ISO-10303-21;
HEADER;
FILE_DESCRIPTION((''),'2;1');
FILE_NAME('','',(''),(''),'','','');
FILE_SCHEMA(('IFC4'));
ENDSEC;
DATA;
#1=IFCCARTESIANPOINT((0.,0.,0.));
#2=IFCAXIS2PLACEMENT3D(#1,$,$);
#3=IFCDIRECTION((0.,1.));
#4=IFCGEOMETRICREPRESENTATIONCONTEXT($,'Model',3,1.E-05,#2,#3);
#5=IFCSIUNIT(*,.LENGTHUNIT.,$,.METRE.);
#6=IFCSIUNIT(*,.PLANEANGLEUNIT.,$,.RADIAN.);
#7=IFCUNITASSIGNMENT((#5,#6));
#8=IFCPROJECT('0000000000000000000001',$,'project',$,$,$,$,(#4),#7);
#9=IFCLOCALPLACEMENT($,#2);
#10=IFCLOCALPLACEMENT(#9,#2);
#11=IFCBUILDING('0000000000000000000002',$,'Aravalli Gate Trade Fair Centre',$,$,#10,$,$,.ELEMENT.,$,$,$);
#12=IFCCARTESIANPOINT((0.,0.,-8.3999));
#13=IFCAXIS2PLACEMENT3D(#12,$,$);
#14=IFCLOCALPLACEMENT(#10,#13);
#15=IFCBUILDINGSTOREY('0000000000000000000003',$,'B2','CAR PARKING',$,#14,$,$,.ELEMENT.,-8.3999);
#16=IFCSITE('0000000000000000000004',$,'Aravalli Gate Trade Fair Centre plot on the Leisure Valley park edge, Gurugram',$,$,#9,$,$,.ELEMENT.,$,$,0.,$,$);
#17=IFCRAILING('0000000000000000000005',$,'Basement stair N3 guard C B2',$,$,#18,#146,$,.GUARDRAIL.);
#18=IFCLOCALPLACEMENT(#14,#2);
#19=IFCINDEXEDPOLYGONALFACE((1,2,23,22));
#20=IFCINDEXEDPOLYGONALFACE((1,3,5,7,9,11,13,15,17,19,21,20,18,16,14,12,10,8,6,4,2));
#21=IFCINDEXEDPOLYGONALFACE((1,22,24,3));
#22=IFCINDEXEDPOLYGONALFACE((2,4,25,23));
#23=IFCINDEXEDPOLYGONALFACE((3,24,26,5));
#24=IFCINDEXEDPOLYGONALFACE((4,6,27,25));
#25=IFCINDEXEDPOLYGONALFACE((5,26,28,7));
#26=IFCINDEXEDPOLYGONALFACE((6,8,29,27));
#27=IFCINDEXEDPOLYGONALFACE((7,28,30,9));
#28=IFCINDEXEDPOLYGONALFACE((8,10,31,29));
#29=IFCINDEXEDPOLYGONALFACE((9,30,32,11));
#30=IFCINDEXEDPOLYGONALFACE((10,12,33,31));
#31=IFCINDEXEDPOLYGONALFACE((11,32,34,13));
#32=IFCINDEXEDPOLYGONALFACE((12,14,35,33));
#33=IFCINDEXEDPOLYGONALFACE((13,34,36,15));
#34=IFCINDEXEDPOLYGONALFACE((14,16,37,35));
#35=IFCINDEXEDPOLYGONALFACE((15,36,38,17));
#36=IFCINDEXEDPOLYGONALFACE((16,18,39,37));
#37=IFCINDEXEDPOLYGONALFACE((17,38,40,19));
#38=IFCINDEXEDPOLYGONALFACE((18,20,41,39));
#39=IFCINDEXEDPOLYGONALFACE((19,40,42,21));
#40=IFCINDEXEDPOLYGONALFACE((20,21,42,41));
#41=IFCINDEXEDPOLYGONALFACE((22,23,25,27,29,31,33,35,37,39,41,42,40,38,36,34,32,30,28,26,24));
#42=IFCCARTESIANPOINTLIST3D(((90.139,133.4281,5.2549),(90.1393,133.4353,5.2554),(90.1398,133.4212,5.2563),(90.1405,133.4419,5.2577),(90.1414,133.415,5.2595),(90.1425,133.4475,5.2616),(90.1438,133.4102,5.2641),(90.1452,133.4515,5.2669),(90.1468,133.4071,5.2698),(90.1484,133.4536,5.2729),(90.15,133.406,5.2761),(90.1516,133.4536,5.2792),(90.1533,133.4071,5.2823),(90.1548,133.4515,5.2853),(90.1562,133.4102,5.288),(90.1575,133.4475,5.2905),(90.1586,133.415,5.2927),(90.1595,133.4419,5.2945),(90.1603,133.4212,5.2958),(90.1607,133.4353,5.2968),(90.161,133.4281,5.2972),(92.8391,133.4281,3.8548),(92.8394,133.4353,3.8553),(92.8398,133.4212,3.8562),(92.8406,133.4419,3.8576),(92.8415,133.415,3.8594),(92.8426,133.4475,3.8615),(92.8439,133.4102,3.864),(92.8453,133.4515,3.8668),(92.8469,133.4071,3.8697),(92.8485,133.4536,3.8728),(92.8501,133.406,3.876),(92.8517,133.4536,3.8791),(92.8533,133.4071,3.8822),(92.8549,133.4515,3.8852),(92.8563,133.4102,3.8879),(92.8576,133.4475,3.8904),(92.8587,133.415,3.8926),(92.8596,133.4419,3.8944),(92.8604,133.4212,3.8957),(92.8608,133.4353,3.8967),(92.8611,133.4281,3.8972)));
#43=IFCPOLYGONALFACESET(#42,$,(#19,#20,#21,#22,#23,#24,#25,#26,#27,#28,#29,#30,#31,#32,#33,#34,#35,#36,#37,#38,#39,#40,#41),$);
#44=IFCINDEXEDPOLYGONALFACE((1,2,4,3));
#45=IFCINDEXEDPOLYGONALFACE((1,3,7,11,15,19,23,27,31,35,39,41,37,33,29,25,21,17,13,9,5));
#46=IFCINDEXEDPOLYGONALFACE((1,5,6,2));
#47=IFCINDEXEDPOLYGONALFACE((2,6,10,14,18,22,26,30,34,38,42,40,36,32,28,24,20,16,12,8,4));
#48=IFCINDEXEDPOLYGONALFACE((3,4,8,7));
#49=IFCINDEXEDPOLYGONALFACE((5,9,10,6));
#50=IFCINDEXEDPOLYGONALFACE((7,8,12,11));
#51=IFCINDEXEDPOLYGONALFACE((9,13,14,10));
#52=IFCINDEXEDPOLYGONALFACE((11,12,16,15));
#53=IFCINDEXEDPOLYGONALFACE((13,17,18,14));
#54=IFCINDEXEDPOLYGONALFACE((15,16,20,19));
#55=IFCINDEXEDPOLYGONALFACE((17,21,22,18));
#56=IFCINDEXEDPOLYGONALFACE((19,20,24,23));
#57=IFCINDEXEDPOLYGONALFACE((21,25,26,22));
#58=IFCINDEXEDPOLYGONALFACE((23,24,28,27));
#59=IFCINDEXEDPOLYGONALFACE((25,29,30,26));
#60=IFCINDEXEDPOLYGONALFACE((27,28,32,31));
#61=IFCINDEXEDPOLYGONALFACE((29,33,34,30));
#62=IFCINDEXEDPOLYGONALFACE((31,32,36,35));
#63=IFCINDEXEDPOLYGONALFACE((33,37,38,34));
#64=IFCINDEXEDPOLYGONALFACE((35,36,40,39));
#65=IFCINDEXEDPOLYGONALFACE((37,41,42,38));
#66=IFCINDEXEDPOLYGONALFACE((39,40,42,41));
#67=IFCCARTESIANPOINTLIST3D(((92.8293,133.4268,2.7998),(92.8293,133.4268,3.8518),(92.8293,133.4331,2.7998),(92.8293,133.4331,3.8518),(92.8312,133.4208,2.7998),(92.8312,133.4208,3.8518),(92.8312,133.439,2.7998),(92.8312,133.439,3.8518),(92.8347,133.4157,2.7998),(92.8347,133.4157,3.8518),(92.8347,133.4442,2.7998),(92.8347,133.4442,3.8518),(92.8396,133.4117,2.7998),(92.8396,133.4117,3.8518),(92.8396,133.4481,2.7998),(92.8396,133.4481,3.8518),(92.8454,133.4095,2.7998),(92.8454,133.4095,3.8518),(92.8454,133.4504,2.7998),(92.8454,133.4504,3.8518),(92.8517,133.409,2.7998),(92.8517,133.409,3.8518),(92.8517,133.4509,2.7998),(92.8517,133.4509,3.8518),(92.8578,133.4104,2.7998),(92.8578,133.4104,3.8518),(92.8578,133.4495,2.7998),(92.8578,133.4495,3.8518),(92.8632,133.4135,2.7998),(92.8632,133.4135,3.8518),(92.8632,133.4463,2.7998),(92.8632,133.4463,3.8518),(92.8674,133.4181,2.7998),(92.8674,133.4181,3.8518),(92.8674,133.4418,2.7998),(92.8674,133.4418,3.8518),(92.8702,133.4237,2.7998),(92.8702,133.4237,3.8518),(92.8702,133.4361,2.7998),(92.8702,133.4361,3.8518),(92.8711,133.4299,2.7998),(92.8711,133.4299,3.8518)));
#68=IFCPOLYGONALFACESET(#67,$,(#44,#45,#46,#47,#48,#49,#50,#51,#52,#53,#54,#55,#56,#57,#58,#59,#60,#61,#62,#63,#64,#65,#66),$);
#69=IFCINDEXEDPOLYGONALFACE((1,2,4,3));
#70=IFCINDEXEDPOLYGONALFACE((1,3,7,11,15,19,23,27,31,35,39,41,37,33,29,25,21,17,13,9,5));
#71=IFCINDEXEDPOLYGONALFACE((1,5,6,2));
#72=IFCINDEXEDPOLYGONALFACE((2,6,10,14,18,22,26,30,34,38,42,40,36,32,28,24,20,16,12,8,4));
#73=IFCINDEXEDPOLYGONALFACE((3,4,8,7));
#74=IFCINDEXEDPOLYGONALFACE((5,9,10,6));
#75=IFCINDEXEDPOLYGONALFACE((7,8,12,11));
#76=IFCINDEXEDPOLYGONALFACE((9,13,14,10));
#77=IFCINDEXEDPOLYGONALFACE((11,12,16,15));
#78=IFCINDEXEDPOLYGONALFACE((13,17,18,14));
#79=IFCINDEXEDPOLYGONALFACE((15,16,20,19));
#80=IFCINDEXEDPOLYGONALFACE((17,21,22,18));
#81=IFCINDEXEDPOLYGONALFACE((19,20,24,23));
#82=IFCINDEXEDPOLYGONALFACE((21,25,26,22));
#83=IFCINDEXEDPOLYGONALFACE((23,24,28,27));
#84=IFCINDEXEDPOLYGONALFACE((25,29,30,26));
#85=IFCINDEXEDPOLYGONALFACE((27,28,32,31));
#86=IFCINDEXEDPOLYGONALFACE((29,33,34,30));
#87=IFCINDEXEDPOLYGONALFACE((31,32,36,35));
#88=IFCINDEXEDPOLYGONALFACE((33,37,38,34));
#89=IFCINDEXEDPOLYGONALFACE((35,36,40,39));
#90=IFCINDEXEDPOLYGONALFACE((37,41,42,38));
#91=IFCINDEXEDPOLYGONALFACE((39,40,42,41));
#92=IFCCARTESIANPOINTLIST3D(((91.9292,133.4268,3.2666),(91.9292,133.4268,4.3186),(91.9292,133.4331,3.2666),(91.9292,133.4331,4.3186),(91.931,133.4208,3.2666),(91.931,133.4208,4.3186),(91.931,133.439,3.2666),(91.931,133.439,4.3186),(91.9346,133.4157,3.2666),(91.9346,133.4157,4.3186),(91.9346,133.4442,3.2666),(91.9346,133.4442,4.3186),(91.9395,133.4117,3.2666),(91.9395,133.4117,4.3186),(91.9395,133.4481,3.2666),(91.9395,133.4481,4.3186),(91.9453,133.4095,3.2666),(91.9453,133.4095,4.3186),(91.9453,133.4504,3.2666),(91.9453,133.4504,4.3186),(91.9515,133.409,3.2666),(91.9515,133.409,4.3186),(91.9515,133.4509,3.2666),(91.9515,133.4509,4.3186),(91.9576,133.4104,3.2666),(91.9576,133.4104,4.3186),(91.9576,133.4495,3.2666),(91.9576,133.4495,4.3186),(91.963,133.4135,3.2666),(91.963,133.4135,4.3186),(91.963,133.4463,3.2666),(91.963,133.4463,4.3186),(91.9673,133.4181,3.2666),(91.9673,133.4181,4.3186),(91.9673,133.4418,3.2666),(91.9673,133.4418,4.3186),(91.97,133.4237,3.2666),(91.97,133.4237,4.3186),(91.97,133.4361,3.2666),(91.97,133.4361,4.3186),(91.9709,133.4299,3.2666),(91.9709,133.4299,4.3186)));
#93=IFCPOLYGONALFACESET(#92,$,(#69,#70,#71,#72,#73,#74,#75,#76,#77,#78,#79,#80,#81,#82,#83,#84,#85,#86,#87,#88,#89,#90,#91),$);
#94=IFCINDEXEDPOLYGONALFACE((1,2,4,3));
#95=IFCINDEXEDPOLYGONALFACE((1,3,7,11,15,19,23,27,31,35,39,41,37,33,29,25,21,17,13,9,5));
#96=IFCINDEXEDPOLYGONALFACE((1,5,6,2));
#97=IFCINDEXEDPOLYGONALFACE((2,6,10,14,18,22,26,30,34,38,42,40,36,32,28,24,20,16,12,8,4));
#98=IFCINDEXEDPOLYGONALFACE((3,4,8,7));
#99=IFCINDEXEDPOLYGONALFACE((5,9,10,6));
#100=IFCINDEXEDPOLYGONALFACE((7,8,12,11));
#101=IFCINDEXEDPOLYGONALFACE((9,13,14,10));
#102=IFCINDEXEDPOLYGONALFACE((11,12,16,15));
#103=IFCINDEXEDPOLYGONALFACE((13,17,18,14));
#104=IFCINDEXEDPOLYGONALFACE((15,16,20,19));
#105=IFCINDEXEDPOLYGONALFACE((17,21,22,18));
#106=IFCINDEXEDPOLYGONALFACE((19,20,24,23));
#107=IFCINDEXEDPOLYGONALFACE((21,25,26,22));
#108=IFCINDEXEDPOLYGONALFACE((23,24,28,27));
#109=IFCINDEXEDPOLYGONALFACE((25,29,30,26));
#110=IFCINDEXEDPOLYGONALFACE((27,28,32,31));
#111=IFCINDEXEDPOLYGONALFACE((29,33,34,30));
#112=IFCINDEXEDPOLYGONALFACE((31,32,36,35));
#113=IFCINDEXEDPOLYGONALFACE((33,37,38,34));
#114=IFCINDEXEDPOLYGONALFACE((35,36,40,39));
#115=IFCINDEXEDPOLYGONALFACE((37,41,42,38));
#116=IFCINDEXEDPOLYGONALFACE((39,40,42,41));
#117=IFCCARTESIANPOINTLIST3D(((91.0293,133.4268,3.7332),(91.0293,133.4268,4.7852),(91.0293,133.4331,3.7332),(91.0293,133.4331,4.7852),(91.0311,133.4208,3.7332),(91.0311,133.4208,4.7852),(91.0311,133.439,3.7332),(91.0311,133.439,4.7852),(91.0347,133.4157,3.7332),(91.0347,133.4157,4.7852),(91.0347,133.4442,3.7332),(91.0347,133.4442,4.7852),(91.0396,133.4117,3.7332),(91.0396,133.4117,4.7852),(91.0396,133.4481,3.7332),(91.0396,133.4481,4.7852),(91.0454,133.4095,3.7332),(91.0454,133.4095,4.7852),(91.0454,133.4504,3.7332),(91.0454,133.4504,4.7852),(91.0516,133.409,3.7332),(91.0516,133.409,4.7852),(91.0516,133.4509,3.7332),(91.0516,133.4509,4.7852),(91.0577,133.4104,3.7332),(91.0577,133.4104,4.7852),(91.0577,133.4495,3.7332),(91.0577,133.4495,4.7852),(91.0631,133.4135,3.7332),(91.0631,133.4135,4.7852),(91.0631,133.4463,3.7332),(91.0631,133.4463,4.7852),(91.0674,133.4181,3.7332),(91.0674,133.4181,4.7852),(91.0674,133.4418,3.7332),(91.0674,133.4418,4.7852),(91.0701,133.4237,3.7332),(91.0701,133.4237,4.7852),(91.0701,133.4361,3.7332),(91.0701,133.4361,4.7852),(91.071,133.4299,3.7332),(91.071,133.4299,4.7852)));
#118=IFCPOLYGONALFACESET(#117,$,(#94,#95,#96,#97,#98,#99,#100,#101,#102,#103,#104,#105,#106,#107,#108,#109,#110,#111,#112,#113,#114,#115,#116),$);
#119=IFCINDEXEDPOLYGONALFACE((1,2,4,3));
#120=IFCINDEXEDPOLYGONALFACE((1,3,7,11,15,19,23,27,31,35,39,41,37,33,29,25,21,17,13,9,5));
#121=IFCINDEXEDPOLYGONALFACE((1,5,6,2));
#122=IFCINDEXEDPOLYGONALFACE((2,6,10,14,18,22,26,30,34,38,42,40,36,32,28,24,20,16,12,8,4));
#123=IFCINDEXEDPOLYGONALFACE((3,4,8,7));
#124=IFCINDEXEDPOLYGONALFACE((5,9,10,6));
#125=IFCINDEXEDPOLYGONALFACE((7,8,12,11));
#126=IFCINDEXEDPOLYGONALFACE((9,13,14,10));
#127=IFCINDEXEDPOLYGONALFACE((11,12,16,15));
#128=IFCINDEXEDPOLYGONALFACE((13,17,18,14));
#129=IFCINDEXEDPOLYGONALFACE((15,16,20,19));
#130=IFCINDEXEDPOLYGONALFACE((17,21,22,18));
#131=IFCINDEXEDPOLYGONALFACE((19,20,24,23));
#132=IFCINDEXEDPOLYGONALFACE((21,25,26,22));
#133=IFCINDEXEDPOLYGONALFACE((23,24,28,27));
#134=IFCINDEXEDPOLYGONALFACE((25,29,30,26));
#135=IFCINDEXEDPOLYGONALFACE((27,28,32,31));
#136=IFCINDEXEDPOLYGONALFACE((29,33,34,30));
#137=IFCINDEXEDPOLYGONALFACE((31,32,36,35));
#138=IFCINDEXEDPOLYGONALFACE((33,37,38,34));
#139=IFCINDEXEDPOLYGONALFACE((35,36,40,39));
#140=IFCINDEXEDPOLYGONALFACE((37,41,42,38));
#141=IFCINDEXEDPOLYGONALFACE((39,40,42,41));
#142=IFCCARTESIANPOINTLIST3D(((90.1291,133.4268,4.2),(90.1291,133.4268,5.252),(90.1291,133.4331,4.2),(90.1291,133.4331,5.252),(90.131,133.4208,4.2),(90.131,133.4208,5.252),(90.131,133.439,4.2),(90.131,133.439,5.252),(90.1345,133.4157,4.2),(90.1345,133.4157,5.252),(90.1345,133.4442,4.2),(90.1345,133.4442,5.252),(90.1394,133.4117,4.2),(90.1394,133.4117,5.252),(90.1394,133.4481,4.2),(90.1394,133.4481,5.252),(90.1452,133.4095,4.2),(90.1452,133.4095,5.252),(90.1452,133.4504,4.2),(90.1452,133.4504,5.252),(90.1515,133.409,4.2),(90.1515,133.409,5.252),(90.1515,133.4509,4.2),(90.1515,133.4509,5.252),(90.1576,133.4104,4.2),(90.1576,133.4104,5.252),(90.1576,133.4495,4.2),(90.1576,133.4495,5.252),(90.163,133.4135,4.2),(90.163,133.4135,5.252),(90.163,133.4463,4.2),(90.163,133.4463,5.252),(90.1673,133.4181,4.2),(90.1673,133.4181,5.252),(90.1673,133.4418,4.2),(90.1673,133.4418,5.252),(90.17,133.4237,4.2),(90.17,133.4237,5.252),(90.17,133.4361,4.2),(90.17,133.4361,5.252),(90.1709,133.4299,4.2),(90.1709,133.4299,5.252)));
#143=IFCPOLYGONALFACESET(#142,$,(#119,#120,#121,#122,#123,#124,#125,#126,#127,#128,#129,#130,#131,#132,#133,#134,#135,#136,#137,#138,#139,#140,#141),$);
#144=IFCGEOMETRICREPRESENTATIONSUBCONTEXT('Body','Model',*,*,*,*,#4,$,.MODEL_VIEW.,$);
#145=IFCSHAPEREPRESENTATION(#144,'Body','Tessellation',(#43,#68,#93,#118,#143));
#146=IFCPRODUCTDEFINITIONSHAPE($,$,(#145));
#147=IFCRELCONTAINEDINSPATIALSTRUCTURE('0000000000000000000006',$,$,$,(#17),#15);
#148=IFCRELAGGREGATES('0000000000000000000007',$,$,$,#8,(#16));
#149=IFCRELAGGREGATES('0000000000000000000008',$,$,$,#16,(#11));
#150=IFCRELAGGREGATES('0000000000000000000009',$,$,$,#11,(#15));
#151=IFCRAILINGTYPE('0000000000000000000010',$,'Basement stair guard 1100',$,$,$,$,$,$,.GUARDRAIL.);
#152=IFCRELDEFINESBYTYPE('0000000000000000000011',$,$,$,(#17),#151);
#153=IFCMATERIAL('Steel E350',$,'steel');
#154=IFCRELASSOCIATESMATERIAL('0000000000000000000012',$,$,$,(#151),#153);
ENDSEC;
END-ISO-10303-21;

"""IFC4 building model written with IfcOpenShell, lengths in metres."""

from ifc_helpers import new_model, si_unit, direction, frame, origin, origin_2d, place, context, subcontext, project, spatial, circle, extrude, material, type_object, element, save


model = new_model("IFC4")

# Units and contexts
model_context = context("Model", 3, precision=1e-05, world=origin(), true_north=direction((0.0, 1.0)))
body_context = subcontext(model_context, "Body", "Model", "MODEL_VIEW")
ifc_project = project(units=[si_unit("LENGTHUNIT", "METRE"), si_unit("PLANEANGLEUNIT", "RADIAN")], contexts=[model_context])

# Site, building, storey
site_placement = place(None, origin())
site = spatial("IfcSite", under=ifc_project, at=site_placement, Name="Aravalli Gate Trade Fair Centre plot on the Leisure Valley park edge, Gurugram", CompositionType="ELEMENT", RefElevation=0.0)
building_placement = place(site_placement, origin())
building = spatial("IfcBuilding", under=site, at=building_placement, Name="Aravalli Gate Trade Fair Centre", CompositionType="ELEMENT")
storey_placement = place(building_placement, frame((0.0, 0.0, -8.3999)))
storey = spatial("IfcBuildingStorey", under=building, at=storey_placement, Name="B2", Description="CAR PARKING", CompositionType="ELEMENT", Elevation=-8.3999)

# Railing
ifc_material_1 = material(Name="Steel E350", Category="steel")
railing_type_1 = type_object("IfcRailingType", Name="Basement stair guard 1100", PredefinedType="GUARDRAIL", material=ifc_material_1)
railing_1_placement = place(storey_placement, frame((92.8501, 133.4299, 2.7998)))
element("IfcRailing", 1, at=railing_1_placement, inside=storey, type_object=railing_type_1, Name="Basement stair N3 guard C B2", PredefinedType="GUARDRAIL", context=body_context, shape_type="SweptSolid", body=[
    extrude(circle(Radius=0.0239, at=origin_2d()), frame((0.0, 0.0, 1.0762), z_axis=(-0.887748, 0.0, 0.460329), x_axis=(0.0, -1.0, 0.0)), (0.0, 0.0, 1.0), 3.0415),
    extrude(circle(Radius=0.021, at=origin_2d()), origin(), (0.0, 0.0, 1.0), 1.052),
    extrude(circle(Radius=0.021, at=origin_2d()), frame((-0.9001, 0.0, 0.4668)), (0.0, 0.0, 1.0), 1.052),
    extrude(circle(Radius=0.021, at=origin_2d()), frame((-1.8, 0.0, 0.9333)), (0.0, 0.0, 1.0), 1.052),
    extrude(circle(Radius=0.021, at=origin_2d()), frame((-2.7002, 0.0, 1.4001)), (0.0, 0.0, 1.0), 1.052),
])

save(model, "model.ifc")
